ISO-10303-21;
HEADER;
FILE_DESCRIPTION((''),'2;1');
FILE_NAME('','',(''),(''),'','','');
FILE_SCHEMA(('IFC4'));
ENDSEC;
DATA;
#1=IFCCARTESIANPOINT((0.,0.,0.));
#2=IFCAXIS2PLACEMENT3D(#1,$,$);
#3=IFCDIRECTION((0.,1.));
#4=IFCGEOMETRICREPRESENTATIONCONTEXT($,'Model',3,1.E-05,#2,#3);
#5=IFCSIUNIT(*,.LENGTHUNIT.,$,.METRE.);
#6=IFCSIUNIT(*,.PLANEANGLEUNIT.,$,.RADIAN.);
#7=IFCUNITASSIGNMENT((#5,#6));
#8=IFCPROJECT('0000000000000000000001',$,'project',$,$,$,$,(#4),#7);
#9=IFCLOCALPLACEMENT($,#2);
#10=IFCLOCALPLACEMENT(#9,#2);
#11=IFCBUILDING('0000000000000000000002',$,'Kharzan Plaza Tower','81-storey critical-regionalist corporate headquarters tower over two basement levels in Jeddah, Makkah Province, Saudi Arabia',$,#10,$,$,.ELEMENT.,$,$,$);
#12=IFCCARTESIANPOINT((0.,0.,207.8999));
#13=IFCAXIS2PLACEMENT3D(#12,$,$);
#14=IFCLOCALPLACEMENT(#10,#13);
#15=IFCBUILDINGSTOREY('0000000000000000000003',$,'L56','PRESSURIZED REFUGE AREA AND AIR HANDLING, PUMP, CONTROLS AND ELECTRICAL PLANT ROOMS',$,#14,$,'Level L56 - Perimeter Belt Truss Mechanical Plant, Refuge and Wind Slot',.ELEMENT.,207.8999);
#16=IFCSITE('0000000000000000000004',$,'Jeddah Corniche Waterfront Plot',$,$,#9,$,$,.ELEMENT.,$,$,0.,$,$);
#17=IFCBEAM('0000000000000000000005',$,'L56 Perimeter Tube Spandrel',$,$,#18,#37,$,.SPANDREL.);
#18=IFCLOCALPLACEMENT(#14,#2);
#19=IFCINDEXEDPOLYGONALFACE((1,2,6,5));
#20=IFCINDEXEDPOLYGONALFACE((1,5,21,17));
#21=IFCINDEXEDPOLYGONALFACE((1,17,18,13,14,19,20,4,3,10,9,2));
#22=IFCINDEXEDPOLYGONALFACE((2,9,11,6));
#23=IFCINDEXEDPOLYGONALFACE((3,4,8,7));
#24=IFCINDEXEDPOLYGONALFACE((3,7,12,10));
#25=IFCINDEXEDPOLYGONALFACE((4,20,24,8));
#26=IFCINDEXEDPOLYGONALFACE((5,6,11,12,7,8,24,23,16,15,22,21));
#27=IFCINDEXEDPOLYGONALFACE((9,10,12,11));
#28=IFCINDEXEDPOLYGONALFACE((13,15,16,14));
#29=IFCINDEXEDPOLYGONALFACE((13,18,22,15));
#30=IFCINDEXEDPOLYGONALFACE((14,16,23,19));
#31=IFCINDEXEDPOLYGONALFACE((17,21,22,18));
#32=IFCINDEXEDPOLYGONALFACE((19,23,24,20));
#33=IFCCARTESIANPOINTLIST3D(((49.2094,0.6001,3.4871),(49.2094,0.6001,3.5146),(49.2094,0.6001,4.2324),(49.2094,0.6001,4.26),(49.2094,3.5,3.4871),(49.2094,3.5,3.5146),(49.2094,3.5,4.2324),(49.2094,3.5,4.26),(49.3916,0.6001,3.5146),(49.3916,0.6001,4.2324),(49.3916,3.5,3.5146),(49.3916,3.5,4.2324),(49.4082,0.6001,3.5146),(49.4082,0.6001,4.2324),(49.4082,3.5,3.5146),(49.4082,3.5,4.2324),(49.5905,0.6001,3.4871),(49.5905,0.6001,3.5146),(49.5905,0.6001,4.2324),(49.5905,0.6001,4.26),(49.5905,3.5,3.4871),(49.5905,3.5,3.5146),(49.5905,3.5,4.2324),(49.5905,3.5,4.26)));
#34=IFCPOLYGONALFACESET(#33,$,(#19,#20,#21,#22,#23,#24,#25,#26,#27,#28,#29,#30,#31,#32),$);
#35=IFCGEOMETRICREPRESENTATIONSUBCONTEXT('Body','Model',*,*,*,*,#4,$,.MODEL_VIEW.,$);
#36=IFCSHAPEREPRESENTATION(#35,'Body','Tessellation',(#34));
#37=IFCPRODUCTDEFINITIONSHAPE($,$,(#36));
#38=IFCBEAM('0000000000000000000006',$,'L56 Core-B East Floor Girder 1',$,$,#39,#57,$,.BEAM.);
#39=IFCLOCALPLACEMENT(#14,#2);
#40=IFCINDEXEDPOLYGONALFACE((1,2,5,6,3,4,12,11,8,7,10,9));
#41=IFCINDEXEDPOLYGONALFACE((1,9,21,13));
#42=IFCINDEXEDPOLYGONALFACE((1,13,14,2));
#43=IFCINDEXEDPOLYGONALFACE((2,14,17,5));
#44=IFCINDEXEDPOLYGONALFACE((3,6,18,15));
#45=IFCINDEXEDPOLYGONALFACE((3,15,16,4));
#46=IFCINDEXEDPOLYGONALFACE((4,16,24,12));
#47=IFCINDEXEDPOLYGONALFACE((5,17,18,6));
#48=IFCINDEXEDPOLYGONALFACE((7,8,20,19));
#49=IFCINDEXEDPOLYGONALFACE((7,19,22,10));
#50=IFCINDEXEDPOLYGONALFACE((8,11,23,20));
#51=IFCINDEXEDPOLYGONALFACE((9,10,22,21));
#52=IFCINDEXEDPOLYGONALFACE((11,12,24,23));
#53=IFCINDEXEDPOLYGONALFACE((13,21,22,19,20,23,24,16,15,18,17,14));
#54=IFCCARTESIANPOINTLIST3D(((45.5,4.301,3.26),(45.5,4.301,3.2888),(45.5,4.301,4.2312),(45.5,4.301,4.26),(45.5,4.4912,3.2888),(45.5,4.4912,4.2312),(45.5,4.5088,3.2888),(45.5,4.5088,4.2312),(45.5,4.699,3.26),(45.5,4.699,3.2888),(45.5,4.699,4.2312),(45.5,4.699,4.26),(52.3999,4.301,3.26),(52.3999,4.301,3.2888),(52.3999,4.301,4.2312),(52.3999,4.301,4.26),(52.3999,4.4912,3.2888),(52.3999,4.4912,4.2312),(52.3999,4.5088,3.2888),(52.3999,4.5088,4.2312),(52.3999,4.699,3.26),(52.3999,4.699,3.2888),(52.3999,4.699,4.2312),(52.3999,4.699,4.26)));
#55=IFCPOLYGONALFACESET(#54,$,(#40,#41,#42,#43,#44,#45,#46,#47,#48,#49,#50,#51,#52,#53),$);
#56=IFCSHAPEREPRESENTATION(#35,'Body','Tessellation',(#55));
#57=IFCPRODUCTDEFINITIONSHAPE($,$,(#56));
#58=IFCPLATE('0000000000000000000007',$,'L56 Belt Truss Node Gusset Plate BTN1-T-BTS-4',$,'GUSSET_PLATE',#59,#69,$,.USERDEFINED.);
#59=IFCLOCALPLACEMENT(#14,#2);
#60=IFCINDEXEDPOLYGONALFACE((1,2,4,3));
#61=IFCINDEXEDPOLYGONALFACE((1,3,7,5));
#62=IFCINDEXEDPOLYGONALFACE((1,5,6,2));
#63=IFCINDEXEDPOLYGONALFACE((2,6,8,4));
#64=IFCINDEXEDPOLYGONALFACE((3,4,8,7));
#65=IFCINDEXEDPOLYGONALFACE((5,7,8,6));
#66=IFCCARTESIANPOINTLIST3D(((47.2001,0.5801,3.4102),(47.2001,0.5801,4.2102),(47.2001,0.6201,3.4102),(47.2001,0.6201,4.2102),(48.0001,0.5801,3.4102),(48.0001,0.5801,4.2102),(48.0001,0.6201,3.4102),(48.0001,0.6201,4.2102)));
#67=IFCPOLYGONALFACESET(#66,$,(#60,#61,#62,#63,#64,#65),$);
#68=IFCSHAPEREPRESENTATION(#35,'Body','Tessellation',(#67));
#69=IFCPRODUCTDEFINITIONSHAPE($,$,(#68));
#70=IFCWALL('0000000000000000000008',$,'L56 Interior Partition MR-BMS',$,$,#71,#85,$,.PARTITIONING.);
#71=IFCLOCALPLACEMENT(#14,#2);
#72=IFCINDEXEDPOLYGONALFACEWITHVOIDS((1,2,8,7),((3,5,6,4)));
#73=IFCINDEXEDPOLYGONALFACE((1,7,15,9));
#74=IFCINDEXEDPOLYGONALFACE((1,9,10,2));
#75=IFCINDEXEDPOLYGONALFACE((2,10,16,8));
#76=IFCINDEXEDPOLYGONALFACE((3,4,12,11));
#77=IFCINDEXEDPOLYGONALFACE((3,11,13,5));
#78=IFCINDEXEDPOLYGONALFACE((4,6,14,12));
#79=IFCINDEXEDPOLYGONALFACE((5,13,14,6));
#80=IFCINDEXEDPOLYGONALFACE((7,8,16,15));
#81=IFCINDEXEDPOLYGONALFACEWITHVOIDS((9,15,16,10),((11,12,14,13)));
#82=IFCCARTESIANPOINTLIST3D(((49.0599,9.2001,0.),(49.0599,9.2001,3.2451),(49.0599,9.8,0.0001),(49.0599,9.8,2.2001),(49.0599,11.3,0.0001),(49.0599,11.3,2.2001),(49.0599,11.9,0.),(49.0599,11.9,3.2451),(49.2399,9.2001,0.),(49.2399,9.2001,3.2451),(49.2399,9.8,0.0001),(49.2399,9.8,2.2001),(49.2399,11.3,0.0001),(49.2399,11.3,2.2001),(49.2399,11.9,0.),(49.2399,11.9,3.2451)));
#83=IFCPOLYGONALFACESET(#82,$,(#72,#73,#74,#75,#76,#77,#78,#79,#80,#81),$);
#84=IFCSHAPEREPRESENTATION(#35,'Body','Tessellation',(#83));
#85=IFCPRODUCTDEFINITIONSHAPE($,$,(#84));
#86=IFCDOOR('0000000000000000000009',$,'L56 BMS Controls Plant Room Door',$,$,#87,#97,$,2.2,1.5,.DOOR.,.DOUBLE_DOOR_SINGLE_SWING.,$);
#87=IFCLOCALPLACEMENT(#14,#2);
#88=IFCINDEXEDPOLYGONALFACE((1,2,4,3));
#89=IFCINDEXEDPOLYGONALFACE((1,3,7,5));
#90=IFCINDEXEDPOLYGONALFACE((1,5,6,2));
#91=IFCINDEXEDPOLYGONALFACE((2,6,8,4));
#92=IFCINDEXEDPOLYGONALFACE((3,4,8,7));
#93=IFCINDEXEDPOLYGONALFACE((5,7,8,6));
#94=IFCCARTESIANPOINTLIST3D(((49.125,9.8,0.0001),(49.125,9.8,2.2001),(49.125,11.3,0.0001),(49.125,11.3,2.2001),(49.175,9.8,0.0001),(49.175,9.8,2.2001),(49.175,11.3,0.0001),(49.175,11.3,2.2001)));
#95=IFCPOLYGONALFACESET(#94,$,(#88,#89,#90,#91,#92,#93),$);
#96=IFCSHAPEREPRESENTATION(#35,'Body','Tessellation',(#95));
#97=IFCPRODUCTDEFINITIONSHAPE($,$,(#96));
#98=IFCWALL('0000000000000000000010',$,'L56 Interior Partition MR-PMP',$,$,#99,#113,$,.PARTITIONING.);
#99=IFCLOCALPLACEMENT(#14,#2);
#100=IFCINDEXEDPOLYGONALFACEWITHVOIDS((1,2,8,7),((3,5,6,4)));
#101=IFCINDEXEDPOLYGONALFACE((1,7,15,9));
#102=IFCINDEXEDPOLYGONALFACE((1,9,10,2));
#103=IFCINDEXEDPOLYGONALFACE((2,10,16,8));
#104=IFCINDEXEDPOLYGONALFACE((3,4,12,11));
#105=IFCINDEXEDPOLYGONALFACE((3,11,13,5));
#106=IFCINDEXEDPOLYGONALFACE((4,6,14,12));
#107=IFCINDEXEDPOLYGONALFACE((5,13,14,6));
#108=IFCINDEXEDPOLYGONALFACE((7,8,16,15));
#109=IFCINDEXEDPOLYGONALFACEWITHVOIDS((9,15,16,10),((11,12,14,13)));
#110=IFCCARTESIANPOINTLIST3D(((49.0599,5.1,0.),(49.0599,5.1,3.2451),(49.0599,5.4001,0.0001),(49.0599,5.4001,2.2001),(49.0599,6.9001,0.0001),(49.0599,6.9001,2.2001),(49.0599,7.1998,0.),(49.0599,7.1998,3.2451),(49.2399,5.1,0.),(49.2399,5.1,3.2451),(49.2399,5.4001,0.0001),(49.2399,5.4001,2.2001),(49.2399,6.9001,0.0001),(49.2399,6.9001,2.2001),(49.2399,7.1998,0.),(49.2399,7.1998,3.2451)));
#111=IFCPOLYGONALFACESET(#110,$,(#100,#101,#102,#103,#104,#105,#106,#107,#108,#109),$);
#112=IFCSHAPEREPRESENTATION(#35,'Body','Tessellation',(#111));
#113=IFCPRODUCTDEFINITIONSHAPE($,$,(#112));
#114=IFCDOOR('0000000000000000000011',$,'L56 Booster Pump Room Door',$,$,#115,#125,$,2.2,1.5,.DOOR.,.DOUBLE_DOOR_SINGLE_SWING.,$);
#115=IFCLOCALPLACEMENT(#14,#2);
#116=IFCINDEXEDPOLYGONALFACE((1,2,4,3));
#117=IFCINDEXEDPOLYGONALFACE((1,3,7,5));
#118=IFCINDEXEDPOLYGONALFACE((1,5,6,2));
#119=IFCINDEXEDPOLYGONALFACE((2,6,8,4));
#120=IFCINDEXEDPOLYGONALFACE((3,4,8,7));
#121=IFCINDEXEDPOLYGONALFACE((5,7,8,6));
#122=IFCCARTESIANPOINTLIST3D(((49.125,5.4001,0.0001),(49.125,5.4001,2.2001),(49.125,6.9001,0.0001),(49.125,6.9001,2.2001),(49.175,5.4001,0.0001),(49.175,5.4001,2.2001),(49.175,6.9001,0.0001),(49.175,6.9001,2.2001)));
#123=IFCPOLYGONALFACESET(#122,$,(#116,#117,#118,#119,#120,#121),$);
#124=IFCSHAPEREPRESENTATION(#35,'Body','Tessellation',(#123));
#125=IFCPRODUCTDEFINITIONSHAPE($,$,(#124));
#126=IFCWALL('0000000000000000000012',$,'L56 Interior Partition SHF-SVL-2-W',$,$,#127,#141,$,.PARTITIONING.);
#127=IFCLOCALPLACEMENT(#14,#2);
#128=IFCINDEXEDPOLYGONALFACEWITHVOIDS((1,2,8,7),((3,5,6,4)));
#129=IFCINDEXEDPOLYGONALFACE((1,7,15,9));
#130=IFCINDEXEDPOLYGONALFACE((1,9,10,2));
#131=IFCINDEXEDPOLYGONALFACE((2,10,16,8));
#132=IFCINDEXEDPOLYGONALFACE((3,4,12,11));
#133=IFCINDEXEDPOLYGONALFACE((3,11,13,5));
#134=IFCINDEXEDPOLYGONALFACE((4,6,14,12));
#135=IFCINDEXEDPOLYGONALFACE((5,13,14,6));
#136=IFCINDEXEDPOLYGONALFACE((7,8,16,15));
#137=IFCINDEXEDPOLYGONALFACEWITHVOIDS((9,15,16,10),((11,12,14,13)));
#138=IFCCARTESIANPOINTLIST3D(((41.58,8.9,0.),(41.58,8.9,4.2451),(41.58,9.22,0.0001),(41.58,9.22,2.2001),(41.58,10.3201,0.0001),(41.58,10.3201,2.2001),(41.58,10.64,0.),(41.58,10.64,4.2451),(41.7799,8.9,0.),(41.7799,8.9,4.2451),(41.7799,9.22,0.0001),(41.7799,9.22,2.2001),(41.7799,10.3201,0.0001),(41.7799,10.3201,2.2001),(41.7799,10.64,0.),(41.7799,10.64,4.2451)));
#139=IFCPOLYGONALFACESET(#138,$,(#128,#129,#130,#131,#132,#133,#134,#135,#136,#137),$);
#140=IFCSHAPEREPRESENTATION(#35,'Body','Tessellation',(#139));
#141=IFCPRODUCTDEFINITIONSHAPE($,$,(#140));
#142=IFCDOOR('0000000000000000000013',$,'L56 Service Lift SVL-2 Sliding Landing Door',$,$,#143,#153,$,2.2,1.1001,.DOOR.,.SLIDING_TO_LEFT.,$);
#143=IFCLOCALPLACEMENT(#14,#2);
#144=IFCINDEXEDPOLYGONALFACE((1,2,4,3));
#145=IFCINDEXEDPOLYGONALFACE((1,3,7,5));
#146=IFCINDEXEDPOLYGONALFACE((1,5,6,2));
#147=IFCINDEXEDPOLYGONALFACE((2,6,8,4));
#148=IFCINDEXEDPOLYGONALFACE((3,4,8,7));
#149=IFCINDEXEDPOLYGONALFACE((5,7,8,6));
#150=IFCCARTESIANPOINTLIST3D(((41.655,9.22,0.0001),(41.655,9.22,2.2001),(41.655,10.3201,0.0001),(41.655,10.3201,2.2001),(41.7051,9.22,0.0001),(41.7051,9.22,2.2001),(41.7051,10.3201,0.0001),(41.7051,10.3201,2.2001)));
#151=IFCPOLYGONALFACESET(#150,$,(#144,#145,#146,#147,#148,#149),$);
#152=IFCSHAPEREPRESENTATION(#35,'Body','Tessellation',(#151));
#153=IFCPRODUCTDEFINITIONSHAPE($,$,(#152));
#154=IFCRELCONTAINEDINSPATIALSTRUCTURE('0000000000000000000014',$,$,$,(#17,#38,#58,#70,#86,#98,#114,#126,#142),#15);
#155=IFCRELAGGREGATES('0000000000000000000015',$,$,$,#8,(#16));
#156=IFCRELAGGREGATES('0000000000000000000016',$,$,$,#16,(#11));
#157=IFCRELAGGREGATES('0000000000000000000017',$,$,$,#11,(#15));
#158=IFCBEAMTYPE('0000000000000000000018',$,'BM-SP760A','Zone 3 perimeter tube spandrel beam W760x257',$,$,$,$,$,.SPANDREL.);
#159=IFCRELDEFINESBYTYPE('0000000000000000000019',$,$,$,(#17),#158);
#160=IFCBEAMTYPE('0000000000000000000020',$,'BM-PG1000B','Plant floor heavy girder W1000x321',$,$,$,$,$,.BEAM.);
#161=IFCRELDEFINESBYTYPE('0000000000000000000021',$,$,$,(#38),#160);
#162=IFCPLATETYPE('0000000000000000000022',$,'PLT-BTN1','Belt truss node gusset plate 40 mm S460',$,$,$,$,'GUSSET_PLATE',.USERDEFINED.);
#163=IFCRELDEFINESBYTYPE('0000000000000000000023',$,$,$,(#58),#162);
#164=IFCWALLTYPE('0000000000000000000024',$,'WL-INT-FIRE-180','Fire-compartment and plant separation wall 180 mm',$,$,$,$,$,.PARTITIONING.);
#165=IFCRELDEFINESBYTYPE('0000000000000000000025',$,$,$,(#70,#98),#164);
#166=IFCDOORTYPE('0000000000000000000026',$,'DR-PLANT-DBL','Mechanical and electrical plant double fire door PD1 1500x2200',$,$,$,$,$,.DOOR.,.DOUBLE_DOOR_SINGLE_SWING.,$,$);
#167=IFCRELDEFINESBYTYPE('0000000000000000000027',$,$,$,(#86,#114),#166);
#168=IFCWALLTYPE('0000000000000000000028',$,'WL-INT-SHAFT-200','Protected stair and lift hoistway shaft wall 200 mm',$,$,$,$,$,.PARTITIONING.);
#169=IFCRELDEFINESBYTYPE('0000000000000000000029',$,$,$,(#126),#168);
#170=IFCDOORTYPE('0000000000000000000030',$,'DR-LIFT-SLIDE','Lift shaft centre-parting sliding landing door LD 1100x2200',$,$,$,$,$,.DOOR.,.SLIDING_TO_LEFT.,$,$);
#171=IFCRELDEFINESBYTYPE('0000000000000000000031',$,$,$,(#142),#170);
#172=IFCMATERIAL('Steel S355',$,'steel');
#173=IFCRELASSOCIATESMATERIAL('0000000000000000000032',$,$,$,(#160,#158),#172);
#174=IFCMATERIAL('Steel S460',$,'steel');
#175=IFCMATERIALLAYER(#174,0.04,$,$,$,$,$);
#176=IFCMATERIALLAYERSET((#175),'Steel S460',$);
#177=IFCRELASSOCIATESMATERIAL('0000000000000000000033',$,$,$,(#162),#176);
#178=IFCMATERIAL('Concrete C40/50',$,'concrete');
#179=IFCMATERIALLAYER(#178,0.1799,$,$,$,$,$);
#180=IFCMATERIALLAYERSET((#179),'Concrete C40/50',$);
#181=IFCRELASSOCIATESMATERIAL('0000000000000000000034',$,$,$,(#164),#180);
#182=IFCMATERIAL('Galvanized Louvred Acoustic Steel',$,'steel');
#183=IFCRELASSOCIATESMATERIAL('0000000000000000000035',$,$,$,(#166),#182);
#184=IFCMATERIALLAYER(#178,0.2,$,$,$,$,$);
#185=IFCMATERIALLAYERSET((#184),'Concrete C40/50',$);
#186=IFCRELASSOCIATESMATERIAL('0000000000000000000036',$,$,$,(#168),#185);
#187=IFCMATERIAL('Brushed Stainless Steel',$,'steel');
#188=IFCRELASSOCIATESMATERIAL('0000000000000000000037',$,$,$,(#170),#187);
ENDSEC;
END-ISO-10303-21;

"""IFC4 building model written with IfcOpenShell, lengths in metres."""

from ifc_helpers import new_model, si_unit, direction, frame, frame_2d, origin, origin_2d, place, context, subcontext, project, spatial, rectangle, i_section, extrude, source, transform, mapped, material, layer, layer_set, material_profile, profile_set, type_object, element, fill, save


model = new_model("IFC4")

# Units and contexts
model_context = context("Model", 3, precision=1e-05, world=origin(), true_north=direction((0.0, 1.0)))
body_context = subcontext(model_context, "Body", "Model", "MODEL_VIEW")
ifc_project = project(units=[si_unit("LENGTHUNIT", "METRE"), si_unit("PLANEANGLEUNIT", "RADIAN")], contexts=[model_context])

# Site, building, storey
site_placement = place(None, origin())
site = spatial("IfcSite", under=ifc_project, at=site_placement, Name="Jeddah Corniche Waterfront Plot", CompositionType="ELEMENT", RefElevation=0.0)
building_placement = place(site_placement, origin())
building = spatial("IfcBuilding", under=site, at=building_placement, Name="Kharzan Plaza Tower", Description="81-storey critical-regionalist corporate headquarters tower over two basement levels in Jeddah, Makkah Province, Saudi Arabia", CompositionType="ELEMENT")
storey_placement = place(building_placement, frame((0.0, 0.0, 207.8999)))
storey = spatial("IfcBuildingStorey", under=building, at=storey_placement, Name="L56", Description="PRESSURIZED REFUGE AREA AND AIR HANDLING, PUMP, CONTROLS AND ELECTRICAL PLANT ROOMS", LongName="Level L56 - Perimeter Belt Truss Mechanical Plant, Refuge and Wind Slot", CompositionType="ELEMENT", Elevation=207.8999)

# Beams
ifc_material_1 = material(Name="Steel S355", Category="steel")
ifc_material_profile_1 = material_profile(ifc_material_1, i_section(OverallWidth=0.3979, OverallDepth=1.0, WebThickness=0.0176, FlangeThickness=0.0288, at=origin_2d()), Name="W1000x321")
ifc_profile_set_1 = profile_set([ifc_material_profile_1], Name="Steel S355")
beam_type_1 = type_object("IfcBeamType", Name="BM-PG1000B", Description="Plant floor heavy girder W1000x321", PredefinedType="BEAM", material=ifc_profile_set_1)
ifc_material_profile_2 = material_profile(ifc_material_1, i_section(OverallWidth=0.3811, OverallDepth=0.7729, WebThickness=0.0166, FlangeThickness=0.0276, at=origin_2d()), Name="W760x257")
ifc_profile_set_2 = profile_set([ifc_material_profile_2], Name="Steel S355")
beam_type_2 = type_object("IfcBeamType", Name="BM-SP760A", Description="Zone 3 perimeter tube spandrel beam W760x257", PredefinedType="SPANDREL", material=ifc_profile_set_2)
shared_shape_1 = source(origin(), body_context, "Body", "SweptSolid", [
    extrude(i_section(OverallWidth=0.3811, OverallDepth=0.7729, WebThickness=0.0166, FlangeThickness=0.0276, at=origin_2d()), origin(), (0.0, 0.0, 1.0), 2.8999),
])
beam_1_placement = place(storey_placement, frame((49.3999, 0.6001, 3.8735), z_axis=(0.0, 1.0, 0.0), x_axis=(-1.0, 0.0, 0.0)))
element("IfcBeam", 1, at=beam_1_placement, inside=storey, type_object=beam_type_2, Name="L56 Perimeter Tube Spandrel", PredefinedType="SPANDREL", context=body_context, shape_type="MappedRepresentation", body=[
    mapped(shared_shape_1, transform((0.0, 0.0, 0.0), x_axis=(1.0, 0.0, 0.0), y_axis=(0.0, 1.0, 0.0), z_axis=(0.0, 0.0, 1.0))),
])
shared_shape_2 = source(origin(), body_context, "Body", "SweptSolid", [
    extrude(i_section(OverallWidth=0.3979, OverallDepth=1.0, WebThickness=0.0176, FlangeThickness=0.0288, at=origin_2d()), origin(), (0.0, 0.0, 1.0), 6.8999),
])
beam_2_placement = place(storey_placement, frame((45.5, 4.5, 3.76), z_axis=(1.0, 0.0, 0.0), x_axis=(0.0, 1.0, 0.0)))
element("IfcBeam", 2, at=beam_2_placement, inside=storey, type_object=beam_type_1, Name="L56 Core-B East Floor Girder 1", PredefinedType="BEAM", context=body_context, shape_type="MappedRepresentation", body=[
    mapped(shared_shape_2, transform((0.0, 0.0, 0.0), x_axis=(1.0, 0.0, 0.0), y_axis=(0.0, 1.0, 0.0), z_axis=(0.0, 0.0, 1.0))),
])

# Plate
ifc_material_2 = material(Name="Steel S460", Category="steel")
ifc_layer_1 = layer(ifc_material_2, 0.04)
ifc_layer_set_1 = layer_set([ifc_layer_1], Name="Steel S460")
plate_type = type_object("IfcPlateType", Name="PLT-BTN1", Description="Belt truss node gusset plate 40 mm S460", ElementType="GUSSET_PLATE", PredefinedType="USERDEFINED", material=ifc_layer_set_1)
shared_shape_3 = source(origin(), body_context, "Body", "SweptSolid", [
    extrude(rectangle(XDim=0.8, YDim=0.04, at=origin_2d()), origin(), (0.0, 0.0, 1.0), 0.8),
])
plate_placement = place(storey_placement, frame((47.6001, 0.6001, 3.4102), z_axis=(0.0, 0.0, 1.0), x_axis=(1.0, 0.0, 0.0)))
element("IfcPlate", 3, at=plate_placement, inside=storey, type_object=plate_type, Name="L56 Belt Truss Node Gusset Plate BTN1-T-BTS-4", ObjectType="GUSSET_PLATE", PredefinedType="USERDEFINED", context=body_context, shape_type="MappedRepresentation", body=[
    mapped(shared_shape_3, transform((0.0, 0.0, 0.0), x_axis=(1.0, 0.0, 0.0), y_axis=(0.0, 1.0, 0.0), z_axis=(0.0, 0.0, 1.0))),
])

# Walls, openings, doors
ifc_material_3 = material(Name="Concrete C40/50", Category="concrete")
ifc_layer_2 = layer(ifc_material_3, 0.1799)
ifc_layer_set_2 = layer_set([ifc_layer_2], Name="Concrete C40/50")
wall_type_1 = type_object("IfcWallType", Name="WL-INT-FIRE-180", Description="Fire-compartment and plant separation wall 180 mm", PredefinedType="PARTITIONING", material=ifc_layer_set_2)
wall_1_placement = place(storey_placement, frame((49.1499, 9.2, 0.0), z_axis=(0.0, 0.0, 1.0), x_axis=(0.0, 1.0, 0.0)))
wall_1 = element("IfcWall", 4, at=wall_1_placement, inside=storey, type_object=wall_type_1, Name="L56 Interior Partition MR-BMS", PredefinedType="PARTITIONING", context=body_context, shape_type="SweptSolid", body=[
    extrude(rectangle(XDim=2.7, YDim=0.1799, at=frame_2d((1.3501, 0.0))), origin(), (0.0, 0.0, 1.0), 3.2451),
])
opening_1_placement = place(wall_1_placement, frame((0.6001, 0.0, 0.0)))
opening_1 = element("IfcOpeningElement", 5, at=opening_1_placement, cuts=wall_1, PredefinedType="OPENING", context=body_context, shape_type="SweptSolid", body=[
    extrude(rectangle(XDim=1.5, YDim=2.2, at=frame_2d((0.75, 1.1001))), frame((0.0, 0.0999, 0.0), z_axis=(0.0, -1.0, 0.0), x_axis=(1.0, 0.0, 0.0)), (0.0, 0.0, 1.0), 0.2),
])
ifc_material_4 = material(Name="Galvanized Louvred Acoustic Steel", Category="steel")
door_type_1 = type_object("IfcDoorType", Name="DR-PLANT-DBL", Description="Mechanical and electrical plant double fire door PD1 1500x2200", OperationType="DOUBLE_DOOR_SINGLE_SWING", PredefinedType="DOOR", material=ifc_material_4)
shared_shape_4 = source(origin(), body_context, "Body", "SweptSolid", [
    extrude(rectangle(XDim=1.5, YDim=2.2, at=frame_2d((0.75, 1.1001))), frame((0.0, 0.0249, 0.0), z_axis=(0.0, -1.0, 0.0), x_axis=(1.0, 0.0, 0.0)), (0.0, 0.0, 1.0), 0.05),
])
door_1_placement = place(opening_1_placement, origin())
door_1 = element("IfcDoor", 6, at=door_1_placement, inside=storey, type_object=door_type_1, Name="L56 BMS Controls Plant Room Door", OperationType="DOUBLE_DOOR_SINGLE_SWING", OverallHeight=2.2, OverallWidth=1.5, PredefinedType="DOOR", context=body_context, shape_type="MappedRepresentation", body=[
    mapped(shared_shape_4, transform((0.0, 0.0, 0.0), x_axis=(1.0, 0.0, 0.0), y_axis=(0.0, 1.0, 0.0), z_axis=(0.0, 0.0, 1.0))),
])
fill(opening_1, door_1)
wall_2_placement = place(storey_placement, frame((49.1499, 5.1001, 0.0), z_axis=(0.0, 0.0, 1.0), x_axis=(0.0, 1.0, 0.0)))
wall_2 = element("IfcWall", 7, at=wall_2_placement, inside=storey, type_object=wall_type_1, Name="L56 Interior Partition MR-PMP", PredefinedType="PARTITIONING", context=body_context, shape_type="SweptSolid", body=[
    extrude(rectangle(XDim=2.0999, YDim=0.1799, at=frame_2d((1.0498, 0.0))), origin(), (0.0, 0.0, 1.0), 3.2451),
])
opening_2_placement = place(wall_2_placement, frame((0.3, 0.0, 0.0)))
opening_2 = element("IfcOpeningElement", 8, at=opening_2_placement, cuts=wall_2, PredefinedType="OPENING", context=body_context, shape_type="SweptSolid", body=[
    extrude(rectangle(XDim=1.5, YDim=2.2, at=frame_2d((0.75, 1.1001))), frame((0.0, 0.0999, 0.0), z_axis=(0.0, -1.0, 0.0), x_axis=(1.0, 0.0, 0.0)), (0.0, 0.0, 1.0), 0.2),
])
door_2_placement = place(opening_2_placement, origin())
door_2 = element("IfcDoor", 9, at=door_2_placement, inside=storey, type_object=door_type_1, Name="L56 Booster Pump Room Door", OperationType="DOUBLE_DOOR_SINGLE_SWING", OverallHeight=2.2, OverallWidth=1.5, PredefinedType="DOOR", context=body_context, shape_type="MappedRepresentation", body=[
    mapped(shared_shape_4, transform((0.0, 0.0, 0.0), x_axis=(1.0, 0.0, 0.0), y_axis=(0.0, 1.0, 0.0), z_axis=(0.0, 0.0, 1.0))),
])
fill(opening_2, door_2)
ifc_layer_3 = layer(ifc_material_3, 0.2)
ifc_layer_set_3 = layer_set([ifc_layer_3], Name="Concrete C40/50")
wall_type_2 = type_object("IfcWallType", Name="WL-INT-SHAFT-200", Description="Protected stair and lift hoistway shaft wall 200 mm", PredefinedType="PARTITIONING", material=ifc_layer_set_3)
wall_3_placement = place(storey_placement, frame((41.6799, 8.8999, 0.0), z_axis=(0.0, 0.0, 1.0), x_axis=(0.0, 1.0, 0.0)))
wall_3 = element("IfcWall", 10, at=wall_3_placement, inside=storey, type_object=wall_type_2, Name="L56 Interior Partition SHF-SVL-2-W", PredefinedType="PARTITIONING", context=body_context, shape_type="SweptSolid", body=[
    extrude(rectangle(XDim=1.74, YDim=0.2, at=frame_2d((0.8701, 0.0))), origin(), (0.0, 0.0, 1.0), 4.2451),
])
opening_3_placement = place(wall_3_placement, frame((0.3201, 0.0, 0.0)))
opening_3 = element("IfcOpeningElement", 11, at=opening_3_placement, cuts=wall_3, PredefinedType="OPENING", context=body_context, shape_type="SweptSolid", body=[
    extrude(rectangle(XDim=1.1001, YDim=2.2, at=frame_2d((0.55, 1.1001))), frame((0.0, 0.1099, 0.0), z_axis=(0.0, -1.0, 0.0), x_axis=(1.0, 0.0, 0.0)), (0.0, 0.0, 1.0), 0.22),
])
ifc_material_5 = material(Name="Brushed Stainless Steel", Category="steel")
door_type_2 = type_object("IfcDoorType", Name="DR-LIFT-SLIDE", Description="Lift shaft centre-parting sliding landing door LD 1100x2200", OperationType="SLIDING_TO_LEFT", PredefinedType="DOOR", material=ifc_material_5)
shared_shape_5 = source(origin(), body_context, "Body", "SweptSolid", [
    extrude(rectangle(XDim=1.1001, YDim=2.2, at=frame_2d((0.55, 1.1001))), frame((0.0, 0.0249, 0.0), z_axis=(0.0, -1.0, 0.0), x_axis=(1.0, 0.0, 0.0)), (0.0, 0.0, 1.0), 0.05),
])
door_3_placement = place(opening_3_placement, origin())
door_3 = element("IfcDoor", 12, at=door_3_placement, inside=storey, type_object=door_type_2, Name="L56 Service Lift SVL-2 Sliding Landing Door", OperationType="SLIDING_TO_LEFT", OverallHeight=2.2, OverallWidth=1.1001, PredefinedType="DOOR", context=body_context, shape_type="MappedRepresentation", body=[
    mapped(shared_shape_5, transform((0.0, 0.0, 0.0), x_axis=(1.0, 0.0, 0.0), y_axis=(0.0, 1.0, 0.0), z_axis=(0.0, 0.0, 1.0))),
])
fill(opening_3, door_3)

save(model, "model.ifc")
